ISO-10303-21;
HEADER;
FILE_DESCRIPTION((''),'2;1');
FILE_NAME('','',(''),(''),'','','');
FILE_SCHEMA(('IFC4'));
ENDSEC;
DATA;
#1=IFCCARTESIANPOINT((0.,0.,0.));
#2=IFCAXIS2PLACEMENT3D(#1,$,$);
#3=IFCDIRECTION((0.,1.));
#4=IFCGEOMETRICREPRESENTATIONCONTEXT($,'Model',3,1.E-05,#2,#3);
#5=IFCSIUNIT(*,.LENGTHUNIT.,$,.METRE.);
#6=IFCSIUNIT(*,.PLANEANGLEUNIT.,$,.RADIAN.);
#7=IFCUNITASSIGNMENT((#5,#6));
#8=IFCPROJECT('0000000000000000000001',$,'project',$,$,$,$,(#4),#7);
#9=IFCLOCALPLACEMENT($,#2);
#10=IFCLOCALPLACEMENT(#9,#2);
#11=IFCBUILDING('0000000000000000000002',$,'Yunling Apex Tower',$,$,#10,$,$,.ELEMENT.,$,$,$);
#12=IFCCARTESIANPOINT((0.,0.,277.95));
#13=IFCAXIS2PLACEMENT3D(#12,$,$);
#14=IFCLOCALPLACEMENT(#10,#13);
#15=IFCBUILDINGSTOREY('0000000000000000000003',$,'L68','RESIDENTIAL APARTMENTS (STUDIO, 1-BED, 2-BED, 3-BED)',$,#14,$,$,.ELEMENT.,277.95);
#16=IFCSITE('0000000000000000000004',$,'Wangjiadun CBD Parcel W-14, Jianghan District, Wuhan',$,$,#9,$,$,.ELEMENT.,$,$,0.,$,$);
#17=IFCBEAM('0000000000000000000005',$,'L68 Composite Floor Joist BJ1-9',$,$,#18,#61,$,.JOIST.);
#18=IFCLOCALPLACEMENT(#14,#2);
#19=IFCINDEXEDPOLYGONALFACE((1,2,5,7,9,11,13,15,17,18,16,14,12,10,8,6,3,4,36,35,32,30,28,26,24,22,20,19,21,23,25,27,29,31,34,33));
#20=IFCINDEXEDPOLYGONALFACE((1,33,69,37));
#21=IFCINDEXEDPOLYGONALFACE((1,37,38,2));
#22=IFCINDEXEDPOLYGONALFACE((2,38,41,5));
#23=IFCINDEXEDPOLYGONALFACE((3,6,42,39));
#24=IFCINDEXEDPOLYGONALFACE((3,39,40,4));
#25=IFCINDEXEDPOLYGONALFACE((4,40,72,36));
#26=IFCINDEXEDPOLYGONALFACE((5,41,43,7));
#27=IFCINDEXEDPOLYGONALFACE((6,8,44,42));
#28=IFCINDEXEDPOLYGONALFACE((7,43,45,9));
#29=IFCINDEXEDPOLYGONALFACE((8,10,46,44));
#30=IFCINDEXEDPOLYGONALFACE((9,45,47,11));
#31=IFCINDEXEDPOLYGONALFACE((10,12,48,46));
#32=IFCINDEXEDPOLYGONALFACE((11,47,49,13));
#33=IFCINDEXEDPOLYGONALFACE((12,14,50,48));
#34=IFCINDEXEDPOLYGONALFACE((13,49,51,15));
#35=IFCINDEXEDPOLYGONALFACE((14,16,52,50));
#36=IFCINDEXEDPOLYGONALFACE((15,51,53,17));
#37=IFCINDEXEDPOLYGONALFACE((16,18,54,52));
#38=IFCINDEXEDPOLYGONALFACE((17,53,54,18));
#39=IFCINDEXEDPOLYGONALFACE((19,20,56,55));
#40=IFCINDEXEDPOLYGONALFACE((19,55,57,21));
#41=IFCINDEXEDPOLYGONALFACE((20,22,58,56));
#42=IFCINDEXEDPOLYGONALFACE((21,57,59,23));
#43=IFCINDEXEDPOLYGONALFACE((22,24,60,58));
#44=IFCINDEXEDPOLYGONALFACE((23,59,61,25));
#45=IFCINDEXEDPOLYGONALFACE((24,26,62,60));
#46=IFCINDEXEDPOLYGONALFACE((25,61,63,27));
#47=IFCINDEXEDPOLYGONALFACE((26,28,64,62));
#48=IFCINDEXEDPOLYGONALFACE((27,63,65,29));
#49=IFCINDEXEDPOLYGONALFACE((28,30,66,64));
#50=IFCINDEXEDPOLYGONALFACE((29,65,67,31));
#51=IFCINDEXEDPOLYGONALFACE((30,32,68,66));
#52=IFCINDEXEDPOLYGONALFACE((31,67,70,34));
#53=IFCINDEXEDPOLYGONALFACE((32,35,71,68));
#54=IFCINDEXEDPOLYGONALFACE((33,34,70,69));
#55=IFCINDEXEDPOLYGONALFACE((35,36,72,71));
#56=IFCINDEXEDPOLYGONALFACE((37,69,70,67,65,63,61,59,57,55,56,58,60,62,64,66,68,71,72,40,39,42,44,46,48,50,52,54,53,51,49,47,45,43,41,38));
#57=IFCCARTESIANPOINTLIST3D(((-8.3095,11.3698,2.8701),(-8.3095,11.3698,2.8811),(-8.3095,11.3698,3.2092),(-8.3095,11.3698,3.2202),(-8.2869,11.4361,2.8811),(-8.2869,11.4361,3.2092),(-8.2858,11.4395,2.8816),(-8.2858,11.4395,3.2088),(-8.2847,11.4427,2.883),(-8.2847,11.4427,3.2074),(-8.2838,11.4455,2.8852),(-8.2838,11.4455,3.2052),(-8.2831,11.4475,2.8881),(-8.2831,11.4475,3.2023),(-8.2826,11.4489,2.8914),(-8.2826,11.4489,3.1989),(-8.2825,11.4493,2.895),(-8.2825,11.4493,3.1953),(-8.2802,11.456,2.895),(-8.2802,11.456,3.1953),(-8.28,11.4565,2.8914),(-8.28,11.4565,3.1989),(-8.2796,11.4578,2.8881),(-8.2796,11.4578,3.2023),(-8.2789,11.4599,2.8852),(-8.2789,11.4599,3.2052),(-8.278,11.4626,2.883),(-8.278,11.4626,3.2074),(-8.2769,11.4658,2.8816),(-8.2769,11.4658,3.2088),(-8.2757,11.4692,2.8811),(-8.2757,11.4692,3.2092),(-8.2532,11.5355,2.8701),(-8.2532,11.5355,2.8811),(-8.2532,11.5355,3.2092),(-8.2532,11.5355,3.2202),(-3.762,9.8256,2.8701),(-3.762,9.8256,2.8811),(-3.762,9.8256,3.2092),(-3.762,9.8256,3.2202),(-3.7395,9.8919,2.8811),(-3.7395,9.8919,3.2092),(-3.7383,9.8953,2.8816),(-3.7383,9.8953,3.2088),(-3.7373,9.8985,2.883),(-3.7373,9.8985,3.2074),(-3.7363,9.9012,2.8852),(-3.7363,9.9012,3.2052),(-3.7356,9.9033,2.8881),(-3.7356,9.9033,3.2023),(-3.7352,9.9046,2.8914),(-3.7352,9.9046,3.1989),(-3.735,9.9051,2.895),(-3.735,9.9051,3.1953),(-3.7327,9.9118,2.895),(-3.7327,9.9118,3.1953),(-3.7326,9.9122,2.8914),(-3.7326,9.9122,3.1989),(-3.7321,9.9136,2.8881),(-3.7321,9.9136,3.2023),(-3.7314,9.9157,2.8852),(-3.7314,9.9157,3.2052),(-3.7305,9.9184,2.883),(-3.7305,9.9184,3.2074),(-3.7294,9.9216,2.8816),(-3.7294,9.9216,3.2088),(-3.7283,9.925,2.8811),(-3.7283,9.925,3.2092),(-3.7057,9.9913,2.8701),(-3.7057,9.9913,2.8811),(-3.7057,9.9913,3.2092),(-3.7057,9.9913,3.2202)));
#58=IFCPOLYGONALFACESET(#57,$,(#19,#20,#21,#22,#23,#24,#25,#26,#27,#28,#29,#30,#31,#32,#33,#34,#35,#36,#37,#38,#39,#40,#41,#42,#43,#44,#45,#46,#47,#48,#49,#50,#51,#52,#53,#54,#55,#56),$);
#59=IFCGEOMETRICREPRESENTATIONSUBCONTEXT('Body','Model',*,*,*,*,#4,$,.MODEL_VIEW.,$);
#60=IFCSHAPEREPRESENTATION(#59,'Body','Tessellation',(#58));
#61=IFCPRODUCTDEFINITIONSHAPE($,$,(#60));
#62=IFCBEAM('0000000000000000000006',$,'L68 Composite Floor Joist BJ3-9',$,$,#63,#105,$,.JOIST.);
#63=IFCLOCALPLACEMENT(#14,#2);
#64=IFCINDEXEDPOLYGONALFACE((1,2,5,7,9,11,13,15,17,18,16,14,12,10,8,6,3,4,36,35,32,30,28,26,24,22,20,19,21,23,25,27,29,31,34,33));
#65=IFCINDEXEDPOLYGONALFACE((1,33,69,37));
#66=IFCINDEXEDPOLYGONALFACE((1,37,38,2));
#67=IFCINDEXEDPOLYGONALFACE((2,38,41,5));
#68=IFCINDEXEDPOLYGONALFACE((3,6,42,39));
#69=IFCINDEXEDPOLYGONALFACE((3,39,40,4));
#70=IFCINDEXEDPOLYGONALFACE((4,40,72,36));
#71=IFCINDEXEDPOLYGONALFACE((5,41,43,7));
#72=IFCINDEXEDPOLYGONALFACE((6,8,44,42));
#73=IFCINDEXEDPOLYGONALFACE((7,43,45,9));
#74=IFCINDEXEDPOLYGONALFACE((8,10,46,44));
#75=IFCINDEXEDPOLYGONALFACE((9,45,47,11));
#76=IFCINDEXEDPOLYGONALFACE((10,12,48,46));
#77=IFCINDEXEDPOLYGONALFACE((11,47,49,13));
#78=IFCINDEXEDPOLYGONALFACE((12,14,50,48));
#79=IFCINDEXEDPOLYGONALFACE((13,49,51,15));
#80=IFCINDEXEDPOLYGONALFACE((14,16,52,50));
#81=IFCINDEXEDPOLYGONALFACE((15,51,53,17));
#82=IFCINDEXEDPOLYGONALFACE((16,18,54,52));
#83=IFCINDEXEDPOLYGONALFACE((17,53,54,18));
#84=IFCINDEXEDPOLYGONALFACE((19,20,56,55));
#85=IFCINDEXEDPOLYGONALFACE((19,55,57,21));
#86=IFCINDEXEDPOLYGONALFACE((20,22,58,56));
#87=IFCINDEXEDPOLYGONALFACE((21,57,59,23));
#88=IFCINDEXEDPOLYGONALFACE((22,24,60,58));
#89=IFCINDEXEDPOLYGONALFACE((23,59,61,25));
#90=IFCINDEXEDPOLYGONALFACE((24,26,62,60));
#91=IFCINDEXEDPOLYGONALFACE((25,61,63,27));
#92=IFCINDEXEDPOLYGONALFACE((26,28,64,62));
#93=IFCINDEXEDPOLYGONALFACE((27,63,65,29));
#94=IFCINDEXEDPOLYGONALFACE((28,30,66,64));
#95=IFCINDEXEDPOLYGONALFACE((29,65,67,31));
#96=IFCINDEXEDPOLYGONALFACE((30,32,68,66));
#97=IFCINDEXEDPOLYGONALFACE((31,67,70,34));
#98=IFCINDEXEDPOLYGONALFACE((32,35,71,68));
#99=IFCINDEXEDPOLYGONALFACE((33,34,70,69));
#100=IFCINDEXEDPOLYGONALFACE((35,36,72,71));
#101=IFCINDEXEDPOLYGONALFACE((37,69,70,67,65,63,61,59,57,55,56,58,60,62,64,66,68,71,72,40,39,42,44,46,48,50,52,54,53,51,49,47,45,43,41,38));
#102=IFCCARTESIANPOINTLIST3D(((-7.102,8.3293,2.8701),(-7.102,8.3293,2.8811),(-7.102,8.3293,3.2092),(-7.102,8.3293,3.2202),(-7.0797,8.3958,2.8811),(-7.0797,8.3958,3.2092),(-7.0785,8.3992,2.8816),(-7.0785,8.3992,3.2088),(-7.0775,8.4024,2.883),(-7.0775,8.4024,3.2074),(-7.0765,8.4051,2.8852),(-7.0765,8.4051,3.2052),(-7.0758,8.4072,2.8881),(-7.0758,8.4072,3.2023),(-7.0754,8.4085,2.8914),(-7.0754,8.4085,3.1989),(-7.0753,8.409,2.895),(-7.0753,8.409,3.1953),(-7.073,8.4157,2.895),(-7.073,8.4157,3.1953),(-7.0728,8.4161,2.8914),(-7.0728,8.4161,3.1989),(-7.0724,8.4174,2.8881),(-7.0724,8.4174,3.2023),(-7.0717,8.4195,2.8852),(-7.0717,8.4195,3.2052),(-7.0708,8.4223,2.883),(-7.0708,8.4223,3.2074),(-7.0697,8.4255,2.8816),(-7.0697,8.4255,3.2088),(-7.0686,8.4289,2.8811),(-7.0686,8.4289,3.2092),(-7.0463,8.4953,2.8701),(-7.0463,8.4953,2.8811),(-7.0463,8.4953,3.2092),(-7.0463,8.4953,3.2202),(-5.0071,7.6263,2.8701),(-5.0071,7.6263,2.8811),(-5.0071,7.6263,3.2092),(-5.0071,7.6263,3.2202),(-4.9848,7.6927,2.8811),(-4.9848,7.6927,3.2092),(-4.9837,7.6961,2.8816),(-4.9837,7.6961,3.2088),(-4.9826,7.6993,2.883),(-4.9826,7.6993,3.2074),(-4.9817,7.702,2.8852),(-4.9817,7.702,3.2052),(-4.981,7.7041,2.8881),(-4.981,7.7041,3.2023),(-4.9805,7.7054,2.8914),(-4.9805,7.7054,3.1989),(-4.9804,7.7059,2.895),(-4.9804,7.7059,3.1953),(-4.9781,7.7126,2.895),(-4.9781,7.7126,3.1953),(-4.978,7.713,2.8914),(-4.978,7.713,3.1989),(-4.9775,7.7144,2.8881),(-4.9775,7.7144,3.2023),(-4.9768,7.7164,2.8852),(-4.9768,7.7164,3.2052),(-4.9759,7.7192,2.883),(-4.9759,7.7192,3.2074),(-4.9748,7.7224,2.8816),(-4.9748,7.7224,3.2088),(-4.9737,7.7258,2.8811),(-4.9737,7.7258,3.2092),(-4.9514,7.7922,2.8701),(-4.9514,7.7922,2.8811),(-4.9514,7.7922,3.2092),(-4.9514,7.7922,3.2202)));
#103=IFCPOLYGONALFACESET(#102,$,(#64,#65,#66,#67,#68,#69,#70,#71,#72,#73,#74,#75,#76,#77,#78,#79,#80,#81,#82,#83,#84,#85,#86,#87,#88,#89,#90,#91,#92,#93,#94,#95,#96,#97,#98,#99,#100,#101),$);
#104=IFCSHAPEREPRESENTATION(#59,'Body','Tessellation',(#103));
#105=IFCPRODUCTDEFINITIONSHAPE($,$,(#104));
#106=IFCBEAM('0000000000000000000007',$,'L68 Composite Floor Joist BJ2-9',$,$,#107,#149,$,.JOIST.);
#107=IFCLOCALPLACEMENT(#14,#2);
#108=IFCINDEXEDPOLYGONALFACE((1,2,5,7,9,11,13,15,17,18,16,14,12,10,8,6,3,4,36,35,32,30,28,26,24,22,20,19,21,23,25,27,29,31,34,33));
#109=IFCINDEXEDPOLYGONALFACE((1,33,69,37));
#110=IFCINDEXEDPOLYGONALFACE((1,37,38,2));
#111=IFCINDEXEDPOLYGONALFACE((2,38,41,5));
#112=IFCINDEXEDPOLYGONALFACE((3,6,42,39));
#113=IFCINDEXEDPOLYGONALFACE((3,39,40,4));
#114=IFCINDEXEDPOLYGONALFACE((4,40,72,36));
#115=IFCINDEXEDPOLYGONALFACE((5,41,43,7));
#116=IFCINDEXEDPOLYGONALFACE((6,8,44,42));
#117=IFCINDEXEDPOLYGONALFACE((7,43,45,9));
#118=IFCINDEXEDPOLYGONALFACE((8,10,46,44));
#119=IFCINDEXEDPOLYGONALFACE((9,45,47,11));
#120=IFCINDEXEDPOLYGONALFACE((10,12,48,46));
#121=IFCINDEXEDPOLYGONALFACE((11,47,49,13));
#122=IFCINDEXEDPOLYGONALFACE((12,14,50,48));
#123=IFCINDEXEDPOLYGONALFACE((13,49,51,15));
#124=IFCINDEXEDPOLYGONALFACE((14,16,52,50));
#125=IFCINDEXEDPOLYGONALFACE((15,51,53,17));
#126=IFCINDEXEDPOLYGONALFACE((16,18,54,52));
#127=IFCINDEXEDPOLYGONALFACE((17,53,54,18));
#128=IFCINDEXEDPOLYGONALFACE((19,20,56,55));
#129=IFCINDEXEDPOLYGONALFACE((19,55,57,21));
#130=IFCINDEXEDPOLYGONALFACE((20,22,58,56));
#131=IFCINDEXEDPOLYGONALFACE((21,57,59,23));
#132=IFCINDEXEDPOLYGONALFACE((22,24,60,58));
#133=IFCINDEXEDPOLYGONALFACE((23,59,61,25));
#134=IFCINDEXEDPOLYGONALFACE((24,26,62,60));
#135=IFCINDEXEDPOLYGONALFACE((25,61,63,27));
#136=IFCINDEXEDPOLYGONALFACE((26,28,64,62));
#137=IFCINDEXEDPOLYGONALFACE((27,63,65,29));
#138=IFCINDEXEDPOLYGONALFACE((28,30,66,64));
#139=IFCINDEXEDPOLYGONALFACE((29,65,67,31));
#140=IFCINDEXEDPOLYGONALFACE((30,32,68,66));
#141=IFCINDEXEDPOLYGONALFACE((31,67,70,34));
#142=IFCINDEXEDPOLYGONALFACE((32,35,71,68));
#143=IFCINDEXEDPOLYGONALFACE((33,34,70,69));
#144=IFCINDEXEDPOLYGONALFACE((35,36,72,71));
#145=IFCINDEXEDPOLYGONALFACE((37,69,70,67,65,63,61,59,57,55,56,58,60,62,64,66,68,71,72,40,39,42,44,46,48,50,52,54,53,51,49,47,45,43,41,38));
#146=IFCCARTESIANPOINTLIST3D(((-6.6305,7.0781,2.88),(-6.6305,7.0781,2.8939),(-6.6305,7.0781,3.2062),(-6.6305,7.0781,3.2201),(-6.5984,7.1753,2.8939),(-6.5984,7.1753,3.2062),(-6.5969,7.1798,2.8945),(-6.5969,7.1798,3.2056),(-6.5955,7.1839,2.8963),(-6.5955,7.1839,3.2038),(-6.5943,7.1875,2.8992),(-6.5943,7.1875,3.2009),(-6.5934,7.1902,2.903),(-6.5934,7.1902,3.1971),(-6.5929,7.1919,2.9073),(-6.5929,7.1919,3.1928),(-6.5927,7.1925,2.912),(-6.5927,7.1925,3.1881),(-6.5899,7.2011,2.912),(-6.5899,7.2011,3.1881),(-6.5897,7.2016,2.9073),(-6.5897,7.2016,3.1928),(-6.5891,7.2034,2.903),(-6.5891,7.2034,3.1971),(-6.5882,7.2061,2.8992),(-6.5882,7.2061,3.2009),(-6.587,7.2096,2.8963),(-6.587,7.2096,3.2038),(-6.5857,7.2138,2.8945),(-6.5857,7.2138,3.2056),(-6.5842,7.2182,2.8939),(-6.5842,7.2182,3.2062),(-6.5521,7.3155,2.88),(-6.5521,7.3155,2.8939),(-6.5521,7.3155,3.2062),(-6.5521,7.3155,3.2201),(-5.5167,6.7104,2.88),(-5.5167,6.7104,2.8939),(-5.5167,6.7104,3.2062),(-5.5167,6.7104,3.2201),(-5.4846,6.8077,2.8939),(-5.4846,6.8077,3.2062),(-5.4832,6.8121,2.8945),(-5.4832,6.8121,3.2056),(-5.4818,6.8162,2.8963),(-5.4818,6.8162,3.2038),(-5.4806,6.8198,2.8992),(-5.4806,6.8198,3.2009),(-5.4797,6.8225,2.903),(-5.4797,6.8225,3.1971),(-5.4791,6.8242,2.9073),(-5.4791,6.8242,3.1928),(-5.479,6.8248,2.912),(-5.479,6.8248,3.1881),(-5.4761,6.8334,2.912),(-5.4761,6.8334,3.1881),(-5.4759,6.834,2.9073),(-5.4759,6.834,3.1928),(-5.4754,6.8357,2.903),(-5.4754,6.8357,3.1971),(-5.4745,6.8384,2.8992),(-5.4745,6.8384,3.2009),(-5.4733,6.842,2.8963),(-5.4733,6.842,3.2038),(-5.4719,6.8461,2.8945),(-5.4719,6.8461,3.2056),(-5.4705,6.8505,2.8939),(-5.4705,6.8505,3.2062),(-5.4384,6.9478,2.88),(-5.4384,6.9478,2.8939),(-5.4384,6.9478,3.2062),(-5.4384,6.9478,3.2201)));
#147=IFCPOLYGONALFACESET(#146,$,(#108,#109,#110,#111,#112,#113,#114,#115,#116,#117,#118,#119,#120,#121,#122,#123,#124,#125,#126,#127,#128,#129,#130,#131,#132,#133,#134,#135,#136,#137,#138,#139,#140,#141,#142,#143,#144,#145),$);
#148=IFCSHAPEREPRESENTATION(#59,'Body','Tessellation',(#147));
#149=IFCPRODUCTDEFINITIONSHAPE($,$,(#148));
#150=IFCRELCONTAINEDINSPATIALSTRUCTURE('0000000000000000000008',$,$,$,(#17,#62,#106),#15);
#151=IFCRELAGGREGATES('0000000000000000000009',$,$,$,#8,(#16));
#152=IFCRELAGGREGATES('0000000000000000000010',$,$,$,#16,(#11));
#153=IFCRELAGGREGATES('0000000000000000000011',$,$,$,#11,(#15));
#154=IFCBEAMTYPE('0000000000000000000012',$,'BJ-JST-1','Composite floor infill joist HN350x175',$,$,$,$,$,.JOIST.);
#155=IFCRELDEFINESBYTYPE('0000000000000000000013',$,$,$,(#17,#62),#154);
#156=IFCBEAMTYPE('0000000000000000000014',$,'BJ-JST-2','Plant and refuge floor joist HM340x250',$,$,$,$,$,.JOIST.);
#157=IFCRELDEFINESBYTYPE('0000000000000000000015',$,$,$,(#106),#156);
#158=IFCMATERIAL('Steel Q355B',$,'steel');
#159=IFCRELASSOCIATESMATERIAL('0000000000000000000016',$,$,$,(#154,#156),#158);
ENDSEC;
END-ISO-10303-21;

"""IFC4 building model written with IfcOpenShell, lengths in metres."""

from ifc_helpers import new_model, si_unit, direction, frame, origin, origin_2d, place, context, subcontext, project, spatial, i_section, extrude, source, transform, mapped, material, material_profile, profile_set, type_object, element, save


model = new_model("IFC4")

# Units and contexts
model_context = context("Model", 3, precision=1e-05, world=origin(), true_north=direction((0.0, 1.0)))
body_context = subcontext(model_context, "Body", "Model", "MODEL_VIEW")
ifc_project = project(units=[si_unit("LENGTHUNIT", "METRE"), si_unit("PLANEANGLEUNIT", "RADIAN")], contexts=[model_context])

# Site, building, storey
site_placement = place(None, origin())
site = spatial("IfcSite", under=ifc_project, at=site_placement, Name="Wangjiadun CBD Parcel W-14, Jianghan District, Wuhan", CompositionType="ELEMENT", RefElevation=0.0)
building_placement = place(site_placement, origin())
building = spatial("IfcBuilding", under=site, at=building_placement, Name="Yunling Apex Tower", CompositionType="ELEMENT")
storey_placement = place(building_placement, frame((0.0, 0.0, 277.95)))
storey = spatial("IfcBuildingStorey", under=building, at=storey_placement, Name="L68", Description="RESIDENTIAL APARTMENTS (STUDIO, 1-BED, 2-BED, 3-BED)", CompositionType="ELEMENT", Elevation=277.95)

# Shared definitions
ifc_material_1 = material(Name="Steel Q355B", Category="steel")

# Beams
ifc_material_profile_1 = material_profile(ifc_material_1, i_section(OverallWidth=0.175, OverallDepth=0.3501, WebThickness=0.0071, FlangeThickness=0.011, FilletRadius=0.0139, at=origin_2d()))
ifc_profile_set_1 = profile_set([ifc_material_profile_1], Name="Steel Q355B")
beam_type_1 = type_object("IfcBeamType", Name="BJ-JST-1", Description="Composite floor infill joist HN350x175", PredefinedType="JOIST", material=ifc_profile_set_1)
shared_shape_1 = source(origin(), body_context, "Body", "SweptSolid", [
    extrude(i_section(OverallWidth=0.175, OverallDepth=0.3501, WebThickness=0.0071, FlangeThickness=0.011, FilletRadius=0.0139, at=origin_2d()), origin(), (0.0, 0.0, 1.0), 4.8025),
])
beam_1_placement = place(storey_placement, frame((-3.7339, 9.9084, 3.0452), z_axis=(-0.946894, 0.321545, 0.0), x_axis=(-0.321545, -0.946894, 0.0)))
element("IfcBeam", 1, at=beam_1_placement, inside=storey, type_object=beam_type_1, Name="L68 Composite Floor Joist BJ1-9", PredefinedType="JOIST", context=body_context, shape_type="MappedRepresentation", body=[
    mapped(shared_shape_1, transform((0.0, 0.0, 0.0), scale=1.0)),
])
shared_shape_2 = source(origin(), body_context, "Body", "SweptSolid", [
    extrude(i_section(OverallWidth=0.175, OverallDepth=0.3501, WebThickness=0.0071, FlangeThickness=0.011, FilletRadius=0.0139, at=origin_2d()), origin(), (0.0, 0.0, 1.0), 2.2097),
])
beam_2_placement = place(storey_placement, frame((-4.9792, 7.7092, 3.0452), z_axis=(-0.948029, 0.318183, 0.0), x_axis=(-0.318183, -0.948029, 0.0)))
element("IfcBeam", 2, at=beam_2_placement, inside=storey, type_object=beam_type_1, Name="L68 Composite Floor Joist BJ3-9", PredefinedType="JOIST", context=body_context, shape_type="MappedRepresentation", body=[
    mapped(shared_shape_2, transform((0.0, 0.0, 0.0), scale=1.0)),
])
ifc_material_profile_2 = material_profile(ifc_material_1, i_section(OverallWidth=0.25, OverallDepth=0.3401, WebThickness=0.009, FlangeThickness=0.0139, FilletRadius=0.0181, at=origin_2d()))
ifc_profile_set_2 = profile_set([ifc_material_profile_2], Name="Steel Q355B")
beam_type_2 = type_object("IfcBeamType", Name="BJ-JST-2", Description="Plant and refuge floor joist HM340x250", PredefinedType="JOIST", material=ifc_profile_set_2)
shared_shape_3 = source(origin(), body_context, "Body", "SweptSolid", [
    extrude(i_section(OverallWidth=0.25, OverallDepth=0.3401, WebThickness=0.009, FlangeThickness=0.0139, FilletRadius=0.0181, at=origin_2d()), origin(), (0.0, 0.0, 1.0), 1.1729),
])
beam_3_placement = place(storey_placement, frame((-5.4775, 6.8291, 3.05), z_axis=(-0.949595, 0.313479, 0.0), x_axis=(-0.313479, -0.949595, 0.0)))
element("IfcBeam", 3, at=beam_3_placement, inside=storey, type_object=beam_type_2, Name="L68 Composite Floor Joist BJ2-9", PredefinedType="JOIST", context=body_context, shape_type="MappedRepresentation", body=[
    mapped(shared_shape_3, transform((0.0, 0.0, 0.0), scale=1.0)),
])

save(model, "model.ifc")
